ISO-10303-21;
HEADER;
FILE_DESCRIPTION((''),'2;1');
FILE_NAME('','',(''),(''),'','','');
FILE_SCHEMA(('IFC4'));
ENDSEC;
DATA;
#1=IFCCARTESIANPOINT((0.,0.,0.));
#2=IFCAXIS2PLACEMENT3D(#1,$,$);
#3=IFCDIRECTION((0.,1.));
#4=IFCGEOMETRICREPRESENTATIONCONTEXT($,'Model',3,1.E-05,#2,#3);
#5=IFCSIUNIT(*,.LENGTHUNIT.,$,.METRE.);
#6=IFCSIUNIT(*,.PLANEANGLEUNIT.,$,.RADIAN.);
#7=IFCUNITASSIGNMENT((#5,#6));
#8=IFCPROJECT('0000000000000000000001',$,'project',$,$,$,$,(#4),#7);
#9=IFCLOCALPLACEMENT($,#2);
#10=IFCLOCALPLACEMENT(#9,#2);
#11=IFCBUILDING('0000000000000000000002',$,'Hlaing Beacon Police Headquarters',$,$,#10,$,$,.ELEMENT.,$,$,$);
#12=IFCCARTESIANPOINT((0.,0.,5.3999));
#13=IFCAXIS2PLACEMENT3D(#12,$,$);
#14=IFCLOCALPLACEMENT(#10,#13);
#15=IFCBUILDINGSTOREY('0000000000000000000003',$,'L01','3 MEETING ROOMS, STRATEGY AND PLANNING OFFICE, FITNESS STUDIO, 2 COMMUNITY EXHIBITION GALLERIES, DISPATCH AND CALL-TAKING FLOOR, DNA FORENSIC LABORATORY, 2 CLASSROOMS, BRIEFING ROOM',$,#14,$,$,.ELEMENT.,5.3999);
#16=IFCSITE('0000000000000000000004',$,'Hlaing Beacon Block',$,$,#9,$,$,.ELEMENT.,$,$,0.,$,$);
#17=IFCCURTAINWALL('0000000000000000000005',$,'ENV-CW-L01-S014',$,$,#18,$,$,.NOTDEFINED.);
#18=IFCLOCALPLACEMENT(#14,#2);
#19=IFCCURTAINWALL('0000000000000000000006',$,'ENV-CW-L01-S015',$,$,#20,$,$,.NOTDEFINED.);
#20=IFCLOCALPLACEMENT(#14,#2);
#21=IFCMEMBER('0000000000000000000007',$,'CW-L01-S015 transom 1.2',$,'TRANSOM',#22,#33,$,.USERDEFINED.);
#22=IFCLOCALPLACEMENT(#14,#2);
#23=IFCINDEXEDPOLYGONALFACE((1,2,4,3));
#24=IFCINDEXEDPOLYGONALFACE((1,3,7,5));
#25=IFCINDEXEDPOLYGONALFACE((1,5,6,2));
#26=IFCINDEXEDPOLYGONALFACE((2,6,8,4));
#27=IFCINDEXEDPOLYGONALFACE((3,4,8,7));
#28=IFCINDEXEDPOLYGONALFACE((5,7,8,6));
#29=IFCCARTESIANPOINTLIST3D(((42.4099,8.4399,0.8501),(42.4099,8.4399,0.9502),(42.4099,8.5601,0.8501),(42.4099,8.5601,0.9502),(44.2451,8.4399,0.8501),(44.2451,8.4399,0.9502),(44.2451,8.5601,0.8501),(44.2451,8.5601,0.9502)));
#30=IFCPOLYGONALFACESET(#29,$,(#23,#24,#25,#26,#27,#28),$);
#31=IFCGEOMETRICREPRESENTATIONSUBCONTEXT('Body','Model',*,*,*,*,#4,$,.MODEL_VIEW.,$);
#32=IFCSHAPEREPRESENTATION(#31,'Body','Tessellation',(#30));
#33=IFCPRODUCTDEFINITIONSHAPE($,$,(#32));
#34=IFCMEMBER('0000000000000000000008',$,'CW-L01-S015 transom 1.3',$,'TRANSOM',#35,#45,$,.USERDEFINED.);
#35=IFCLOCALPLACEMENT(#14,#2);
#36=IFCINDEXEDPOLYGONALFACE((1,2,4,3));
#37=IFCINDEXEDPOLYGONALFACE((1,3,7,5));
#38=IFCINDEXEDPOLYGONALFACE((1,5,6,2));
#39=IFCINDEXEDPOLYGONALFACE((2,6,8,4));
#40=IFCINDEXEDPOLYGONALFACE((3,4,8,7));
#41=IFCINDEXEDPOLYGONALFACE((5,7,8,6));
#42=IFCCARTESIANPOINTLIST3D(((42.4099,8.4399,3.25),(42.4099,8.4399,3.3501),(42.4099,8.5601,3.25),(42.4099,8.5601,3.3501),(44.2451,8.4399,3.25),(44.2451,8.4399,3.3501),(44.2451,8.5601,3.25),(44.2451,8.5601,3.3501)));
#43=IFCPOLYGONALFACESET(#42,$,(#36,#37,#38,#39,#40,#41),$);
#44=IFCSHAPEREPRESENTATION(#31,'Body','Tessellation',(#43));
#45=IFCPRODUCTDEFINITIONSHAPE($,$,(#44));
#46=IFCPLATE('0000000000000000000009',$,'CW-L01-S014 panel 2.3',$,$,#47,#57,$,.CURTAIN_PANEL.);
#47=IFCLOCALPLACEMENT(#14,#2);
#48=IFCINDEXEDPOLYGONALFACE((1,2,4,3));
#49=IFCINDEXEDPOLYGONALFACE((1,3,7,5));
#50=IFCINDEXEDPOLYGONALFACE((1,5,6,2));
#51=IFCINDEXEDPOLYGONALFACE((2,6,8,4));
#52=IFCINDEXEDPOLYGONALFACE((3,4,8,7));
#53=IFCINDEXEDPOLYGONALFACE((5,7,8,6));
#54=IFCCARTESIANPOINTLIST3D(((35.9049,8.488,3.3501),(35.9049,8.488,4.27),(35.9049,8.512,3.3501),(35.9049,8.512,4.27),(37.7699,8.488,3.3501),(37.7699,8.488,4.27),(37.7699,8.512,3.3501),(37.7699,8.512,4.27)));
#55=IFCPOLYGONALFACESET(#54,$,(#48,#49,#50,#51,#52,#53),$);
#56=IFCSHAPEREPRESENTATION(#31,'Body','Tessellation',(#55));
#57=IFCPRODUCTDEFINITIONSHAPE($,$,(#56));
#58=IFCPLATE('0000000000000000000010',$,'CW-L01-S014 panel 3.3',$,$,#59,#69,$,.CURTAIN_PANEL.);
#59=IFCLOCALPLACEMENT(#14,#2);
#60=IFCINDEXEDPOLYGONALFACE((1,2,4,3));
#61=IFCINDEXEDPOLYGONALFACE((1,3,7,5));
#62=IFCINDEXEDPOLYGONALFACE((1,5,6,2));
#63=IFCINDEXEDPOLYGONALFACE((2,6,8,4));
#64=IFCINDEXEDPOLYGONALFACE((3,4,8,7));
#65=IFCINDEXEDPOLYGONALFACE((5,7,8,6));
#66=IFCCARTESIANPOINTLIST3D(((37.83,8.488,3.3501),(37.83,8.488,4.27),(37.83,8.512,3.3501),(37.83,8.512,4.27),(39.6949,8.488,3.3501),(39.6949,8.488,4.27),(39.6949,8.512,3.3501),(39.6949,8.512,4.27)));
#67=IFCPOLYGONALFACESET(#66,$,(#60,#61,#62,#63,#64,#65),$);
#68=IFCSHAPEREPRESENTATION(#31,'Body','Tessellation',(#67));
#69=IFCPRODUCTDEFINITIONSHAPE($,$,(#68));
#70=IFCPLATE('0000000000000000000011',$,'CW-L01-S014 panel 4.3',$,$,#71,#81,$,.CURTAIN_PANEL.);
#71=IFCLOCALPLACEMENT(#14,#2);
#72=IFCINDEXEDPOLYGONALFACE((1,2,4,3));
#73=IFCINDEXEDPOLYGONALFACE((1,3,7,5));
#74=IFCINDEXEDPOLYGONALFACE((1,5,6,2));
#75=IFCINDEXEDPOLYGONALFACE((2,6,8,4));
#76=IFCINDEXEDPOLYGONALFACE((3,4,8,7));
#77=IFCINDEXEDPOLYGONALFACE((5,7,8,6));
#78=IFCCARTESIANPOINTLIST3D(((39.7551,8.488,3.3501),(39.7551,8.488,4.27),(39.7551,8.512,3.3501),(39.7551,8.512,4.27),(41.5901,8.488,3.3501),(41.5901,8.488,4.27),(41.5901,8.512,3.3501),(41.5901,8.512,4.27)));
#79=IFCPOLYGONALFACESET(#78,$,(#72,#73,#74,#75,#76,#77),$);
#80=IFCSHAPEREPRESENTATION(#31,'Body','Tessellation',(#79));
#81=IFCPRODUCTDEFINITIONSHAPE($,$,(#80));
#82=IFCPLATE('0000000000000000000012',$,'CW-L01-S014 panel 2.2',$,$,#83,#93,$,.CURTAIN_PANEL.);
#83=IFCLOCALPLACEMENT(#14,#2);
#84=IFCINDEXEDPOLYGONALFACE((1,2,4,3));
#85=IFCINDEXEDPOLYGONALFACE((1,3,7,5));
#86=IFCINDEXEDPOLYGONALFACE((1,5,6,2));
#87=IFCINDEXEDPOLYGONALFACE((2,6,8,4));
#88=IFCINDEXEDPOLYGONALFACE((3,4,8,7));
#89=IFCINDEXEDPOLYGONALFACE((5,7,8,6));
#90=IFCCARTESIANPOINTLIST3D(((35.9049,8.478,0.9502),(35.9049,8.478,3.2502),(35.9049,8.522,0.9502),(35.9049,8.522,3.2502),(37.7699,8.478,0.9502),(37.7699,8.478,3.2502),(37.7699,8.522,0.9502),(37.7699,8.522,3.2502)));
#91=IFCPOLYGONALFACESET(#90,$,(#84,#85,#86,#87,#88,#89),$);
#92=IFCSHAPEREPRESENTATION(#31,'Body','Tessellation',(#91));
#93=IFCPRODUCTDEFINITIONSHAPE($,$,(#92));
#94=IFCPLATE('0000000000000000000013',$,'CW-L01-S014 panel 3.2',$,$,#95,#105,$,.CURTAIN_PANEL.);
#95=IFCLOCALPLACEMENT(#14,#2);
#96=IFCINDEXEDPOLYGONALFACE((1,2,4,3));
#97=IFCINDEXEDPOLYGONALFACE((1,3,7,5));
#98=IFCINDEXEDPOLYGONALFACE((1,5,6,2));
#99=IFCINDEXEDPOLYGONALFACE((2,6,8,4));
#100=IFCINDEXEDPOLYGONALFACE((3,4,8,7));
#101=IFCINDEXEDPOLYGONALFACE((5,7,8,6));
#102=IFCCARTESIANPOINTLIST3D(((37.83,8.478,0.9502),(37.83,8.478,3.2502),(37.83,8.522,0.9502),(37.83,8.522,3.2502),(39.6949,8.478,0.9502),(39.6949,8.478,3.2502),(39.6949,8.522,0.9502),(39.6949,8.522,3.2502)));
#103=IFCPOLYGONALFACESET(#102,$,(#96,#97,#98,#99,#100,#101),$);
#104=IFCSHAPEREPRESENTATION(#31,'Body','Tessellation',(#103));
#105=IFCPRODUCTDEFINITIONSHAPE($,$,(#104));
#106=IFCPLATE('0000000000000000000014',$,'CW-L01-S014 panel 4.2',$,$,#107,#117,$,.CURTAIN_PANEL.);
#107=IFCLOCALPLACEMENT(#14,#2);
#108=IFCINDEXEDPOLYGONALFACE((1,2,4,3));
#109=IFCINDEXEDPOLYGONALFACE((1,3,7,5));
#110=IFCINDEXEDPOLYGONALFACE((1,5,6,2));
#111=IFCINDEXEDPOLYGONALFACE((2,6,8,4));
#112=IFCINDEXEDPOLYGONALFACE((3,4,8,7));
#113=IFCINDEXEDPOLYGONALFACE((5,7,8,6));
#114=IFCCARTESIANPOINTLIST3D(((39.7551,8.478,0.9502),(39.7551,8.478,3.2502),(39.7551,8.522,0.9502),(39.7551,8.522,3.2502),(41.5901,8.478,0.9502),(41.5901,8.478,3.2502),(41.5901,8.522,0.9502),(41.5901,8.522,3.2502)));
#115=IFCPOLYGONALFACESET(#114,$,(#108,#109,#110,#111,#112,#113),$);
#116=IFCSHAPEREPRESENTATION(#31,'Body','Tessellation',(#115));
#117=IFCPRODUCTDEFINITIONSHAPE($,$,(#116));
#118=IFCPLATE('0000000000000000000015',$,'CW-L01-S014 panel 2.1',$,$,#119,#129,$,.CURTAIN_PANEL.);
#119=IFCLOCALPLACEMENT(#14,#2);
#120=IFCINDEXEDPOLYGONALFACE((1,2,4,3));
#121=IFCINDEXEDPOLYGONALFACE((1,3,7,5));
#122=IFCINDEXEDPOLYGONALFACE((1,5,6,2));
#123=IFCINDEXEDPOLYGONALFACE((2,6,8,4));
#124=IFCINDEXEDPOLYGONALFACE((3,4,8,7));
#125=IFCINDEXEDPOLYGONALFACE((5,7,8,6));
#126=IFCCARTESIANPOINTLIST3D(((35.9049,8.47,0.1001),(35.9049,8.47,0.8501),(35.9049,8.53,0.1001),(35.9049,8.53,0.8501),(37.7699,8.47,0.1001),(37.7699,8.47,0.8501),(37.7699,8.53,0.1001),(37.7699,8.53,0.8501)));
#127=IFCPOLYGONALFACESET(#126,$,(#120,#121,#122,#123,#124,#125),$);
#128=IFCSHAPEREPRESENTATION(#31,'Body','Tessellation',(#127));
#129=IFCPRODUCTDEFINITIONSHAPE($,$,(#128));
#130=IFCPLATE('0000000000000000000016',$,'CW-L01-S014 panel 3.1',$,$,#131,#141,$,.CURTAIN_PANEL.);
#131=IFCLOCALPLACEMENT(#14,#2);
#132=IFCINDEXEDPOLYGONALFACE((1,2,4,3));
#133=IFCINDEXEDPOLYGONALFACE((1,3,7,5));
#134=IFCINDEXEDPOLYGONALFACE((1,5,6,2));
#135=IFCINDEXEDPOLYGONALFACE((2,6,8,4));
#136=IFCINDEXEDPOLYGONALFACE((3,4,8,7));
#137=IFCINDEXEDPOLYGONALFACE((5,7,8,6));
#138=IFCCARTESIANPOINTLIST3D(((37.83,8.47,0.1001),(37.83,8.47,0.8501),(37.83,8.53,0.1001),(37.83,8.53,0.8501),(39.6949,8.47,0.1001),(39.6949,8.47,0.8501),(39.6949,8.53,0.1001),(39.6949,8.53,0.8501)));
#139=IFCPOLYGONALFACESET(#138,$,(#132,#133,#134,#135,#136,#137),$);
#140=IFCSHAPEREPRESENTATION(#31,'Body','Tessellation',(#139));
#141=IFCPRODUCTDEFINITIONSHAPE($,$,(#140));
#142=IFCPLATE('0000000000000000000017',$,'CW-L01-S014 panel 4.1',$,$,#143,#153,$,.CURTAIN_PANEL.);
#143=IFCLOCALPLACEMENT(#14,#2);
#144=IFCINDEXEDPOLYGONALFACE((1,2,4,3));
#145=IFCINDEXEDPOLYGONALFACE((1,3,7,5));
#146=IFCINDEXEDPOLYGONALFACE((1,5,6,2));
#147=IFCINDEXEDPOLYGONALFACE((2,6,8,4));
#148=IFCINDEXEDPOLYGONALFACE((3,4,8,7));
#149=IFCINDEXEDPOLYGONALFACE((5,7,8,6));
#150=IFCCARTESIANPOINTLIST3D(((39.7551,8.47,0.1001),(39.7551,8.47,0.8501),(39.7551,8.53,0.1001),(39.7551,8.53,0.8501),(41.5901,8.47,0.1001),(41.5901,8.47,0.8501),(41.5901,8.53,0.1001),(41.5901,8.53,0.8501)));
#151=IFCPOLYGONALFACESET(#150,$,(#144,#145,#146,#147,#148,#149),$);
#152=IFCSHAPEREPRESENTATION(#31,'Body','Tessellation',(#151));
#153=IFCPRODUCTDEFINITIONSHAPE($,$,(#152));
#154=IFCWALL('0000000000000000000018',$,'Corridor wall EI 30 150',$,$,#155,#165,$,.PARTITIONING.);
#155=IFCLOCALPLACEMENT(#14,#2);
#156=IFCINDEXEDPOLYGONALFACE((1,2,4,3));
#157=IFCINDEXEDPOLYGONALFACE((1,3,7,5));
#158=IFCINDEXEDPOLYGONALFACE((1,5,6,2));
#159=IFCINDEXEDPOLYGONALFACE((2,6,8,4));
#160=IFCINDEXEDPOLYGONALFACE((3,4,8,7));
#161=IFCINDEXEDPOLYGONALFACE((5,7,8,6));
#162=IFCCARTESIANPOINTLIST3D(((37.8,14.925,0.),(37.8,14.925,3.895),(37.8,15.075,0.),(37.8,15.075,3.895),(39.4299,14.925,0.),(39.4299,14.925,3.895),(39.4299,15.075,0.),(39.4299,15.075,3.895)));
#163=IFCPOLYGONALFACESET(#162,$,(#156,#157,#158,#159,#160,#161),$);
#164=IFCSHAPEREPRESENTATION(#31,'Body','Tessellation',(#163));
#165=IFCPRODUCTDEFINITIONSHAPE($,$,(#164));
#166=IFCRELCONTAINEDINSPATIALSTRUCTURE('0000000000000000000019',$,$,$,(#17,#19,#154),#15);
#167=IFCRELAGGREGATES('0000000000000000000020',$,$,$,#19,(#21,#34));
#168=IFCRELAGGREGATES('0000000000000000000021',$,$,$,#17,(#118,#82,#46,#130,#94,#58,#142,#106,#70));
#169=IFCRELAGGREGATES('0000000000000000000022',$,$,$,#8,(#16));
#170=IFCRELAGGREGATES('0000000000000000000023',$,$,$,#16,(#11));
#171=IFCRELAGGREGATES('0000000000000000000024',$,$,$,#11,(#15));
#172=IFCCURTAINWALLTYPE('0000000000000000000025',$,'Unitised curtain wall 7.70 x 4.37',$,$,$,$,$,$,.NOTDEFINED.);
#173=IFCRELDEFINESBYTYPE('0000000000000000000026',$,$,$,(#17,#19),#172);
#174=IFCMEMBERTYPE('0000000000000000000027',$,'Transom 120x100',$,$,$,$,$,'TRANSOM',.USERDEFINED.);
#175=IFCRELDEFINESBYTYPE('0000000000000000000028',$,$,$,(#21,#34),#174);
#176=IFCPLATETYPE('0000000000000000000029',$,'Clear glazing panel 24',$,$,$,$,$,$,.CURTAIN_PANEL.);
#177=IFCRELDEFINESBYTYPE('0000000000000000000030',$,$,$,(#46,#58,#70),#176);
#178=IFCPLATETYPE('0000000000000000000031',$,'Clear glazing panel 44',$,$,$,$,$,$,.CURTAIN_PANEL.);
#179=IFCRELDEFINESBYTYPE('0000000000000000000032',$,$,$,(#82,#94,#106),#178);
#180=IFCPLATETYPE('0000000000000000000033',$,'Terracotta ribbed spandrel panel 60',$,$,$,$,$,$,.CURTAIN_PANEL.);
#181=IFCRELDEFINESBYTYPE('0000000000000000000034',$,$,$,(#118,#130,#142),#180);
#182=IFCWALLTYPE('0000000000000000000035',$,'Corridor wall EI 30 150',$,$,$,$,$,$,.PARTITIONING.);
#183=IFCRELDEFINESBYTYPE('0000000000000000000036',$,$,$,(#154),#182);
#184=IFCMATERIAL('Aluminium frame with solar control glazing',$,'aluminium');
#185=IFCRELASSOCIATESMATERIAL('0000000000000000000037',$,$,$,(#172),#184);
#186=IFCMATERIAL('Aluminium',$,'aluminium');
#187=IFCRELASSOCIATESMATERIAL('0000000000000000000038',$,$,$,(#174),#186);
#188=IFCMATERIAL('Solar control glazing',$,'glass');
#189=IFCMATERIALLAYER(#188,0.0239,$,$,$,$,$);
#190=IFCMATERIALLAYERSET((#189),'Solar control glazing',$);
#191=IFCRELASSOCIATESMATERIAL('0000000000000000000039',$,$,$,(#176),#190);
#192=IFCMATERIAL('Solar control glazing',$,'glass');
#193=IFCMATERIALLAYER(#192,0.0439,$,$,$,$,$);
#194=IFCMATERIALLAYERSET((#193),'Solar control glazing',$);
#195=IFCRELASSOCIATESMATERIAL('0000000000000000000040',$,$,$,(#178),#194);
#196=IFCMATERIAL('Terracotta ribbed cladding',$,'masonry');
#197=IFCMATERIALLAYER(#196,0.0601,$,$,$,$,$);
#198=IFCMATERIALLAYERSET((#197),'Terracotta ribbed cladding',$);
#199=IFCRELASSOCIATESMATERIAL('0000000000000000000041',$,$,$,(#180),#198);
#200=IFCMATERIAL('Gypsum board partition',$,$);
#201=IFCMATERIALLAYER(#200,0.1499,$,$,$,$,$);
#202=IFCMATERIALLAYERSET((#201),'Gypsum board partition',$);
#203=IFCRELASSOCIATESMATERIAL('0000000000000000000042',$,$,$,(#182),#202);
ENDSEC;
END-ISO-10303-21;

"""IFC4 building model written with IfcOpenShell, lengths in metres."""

from ifc_helpers import new_model, si_unit, direction, frame, frame_2d, origin, origin_2d, place, context, subcontext, project, spatial, rectangle, extrude, material, layer, layer_set, material_profile, profile_set, type_object, element, aggregate, save


model = new_model("IFC4")

# Units and contexts
model_context = context("Model", 3, precision=1e-05, world=origin(), true_north=direction((0.0, 1.0)))
body_context = subcontext(model_context, "Body", "Model", "MODEL_VIEW")
ifc_project = project(units=[si_unit("LENGTHUNIT", "METRE"), si_unit("PLANEANGLEUNIT", "RADIAN")], contexts=[model_context])

# Site, building, storey
site_placement = place(None, origin())
site = spatial("IfcSite", under=ifc_project, at=site_placement, Name="Hlaing Beacon Block", CompositionType="ELEMENT", RefElevation=0.0)
building_placement = place(site_placement, origin())
building = spatial("IfcBuilding", under=site, at=building_placement, Name="Hlaing Beacon Police Headquarters", CompositionType="ELEMENT")
storey_placement = place(building_placement, frame((0.0, 0.0, 5.3999)))
storey = spatial("IfcBuildingStorey", under=building, at=storey_placement, Name="L01", Description="3 MEETING ROOMS, STRATEGY AND PLANNING OFFICE, FITNESS STUDIO, 2 COMMUNITY EXHIBITION GALLERIES, DISPATCH AND CALL-TAKING FLOOR, DNA FORENSIC LABORATORY, 2 CLASSROOMS, BRIEFING ROOM", CompositionType="ELEMENT", Elevation=5.3999)

# Curtain wall
ifc_material_1 = material(Name="Aluminium frame with solar control glazing", Category="aluminium")
curtain_wall_type = type_object("IfcCurtainWallType", Name="Unitised curtain wall 7.70 x 4.37", PredefinedType="NOTDEFINED", material=ifc_material_1)
curtain_wall_1_placement = place(storey_placement, origin())
curtain_wall_1 = element("IfcCurtainWall", 1, at=curtain_wall_1_placement, inside=storey, type_object=curtain_wall_type, Name="ENV-CW-L01-S014", PredefinedType="NOTDEFINED")

# Curtain wall
curtain_wall_2_placement = place(storey_placement, origin())
curtain_wall_2 = element("IfcCurtainWall", 2, at=curtain_wall_2_placement, inside=storey, type_object=curtain_wall_type, Name="ENV-CW-L01-S015", PredefinedType="NOTDEFINED")

# Members
ifc_material_2 = material(Name="Aluminium", Category="aluminium")
ifc_material_profile_1 = material_profile(ifc_material_2, rectangle(XDim=0.1201, YDim=0.1001, at=origin_2d()), Name="Transom 120x100")
ifc_profile_set_1 = profile_set([ifc_material_profile_1], Name="Aluminium")
member_type_1 = type_object("IfcMemberType", Name="Transom 120x100", ElementType="TRANSOM", PredefinedType="USERDEFINED", material=ifc_profile_set_1)
member_1_placement = place(storey_placement, frame((42.4099, 8.5, 0.9001), z_axis=(1.0, 0.0, 0.0), x_axis=(0.0, 1.0, 0.0)))
member_1 = element("IfcMember", 3, at=member_1_placement, type_object=member_type_1, Name="CW-L01-S015 transom 1.2", ObjectType="TRANSOM", PredefinedType="USERDEFINED", context=body_context, shape_type="SweptSolid", body=[
    extrude(rectangle(XDim=0.1201, YDim=0.1001, at=origin_2d()), origin(), (0.0, 0.0, 1.0), 1.8352),
])
member_2_placement = place(storey_placement, frame((42.4099, 8.5, 3.3), z_axis=(1.0, 0.0, 0.0), x_axis=(0.0, 1.0, 0.0)))
member_2 = element("IfcMember", 4, at=member_2_placement, type_object=member_type_1, Name="CW-L01-S015 transom 1.3", ObjectType="TRANSOM", PredefinedType="USERDEFINED", context=body_context, shape_type="SweptSolid", body=[
    extrude(rectangle(XDim=0.1201, YDim=0.1001, at=origin_2d()), origin(), (0.0, 0.0, 1.0), 1.8352),
])
aggregate(curtain_wall_2, [member_1, member_2])

# Plates
ifc_material_3 = material(Name="Solar control glazing", Category="glass")
ifc_layer_1 = layer(ifc_material_3, 0.0239)
ifc_layer_set_1 = layer_set([ifc_layer_1], Name="Solar control glazing")
plate_type_1 = type_object("IfcPlateType", Name="Clear glazing panel 24", PredefinedType="CURTAIN_PANEL", material=ifc_layer_set_1)
plate_1_placement = place(storey_placement, frame((36.8374, 8.5, 3.3501), z_axis=(0.0, 0.0, 1.0), x_axis=(1.0, 0.0, 0.0)))
plate_1 = element("IfcPlate", 5, at=plate_1_placement, type_object=plate_type_1, Name="CW-L01-S014 panel 2.3", PredefinedType="CURTAIN_PANEL", context=body_context, shape_type="SweptSolid", body=[
    extrude(rectangle(XDim=1.865, YDim=0.0239, at=origin_2d()), origin(), (0.0, 0.0, 1.0), 0.9199),
])
plate_2_placement = place(storey_placement, frame((38.7625, 8.5, 3.3501), z_axis=(0.0, 0.0, 1.0), x_axis=(1.0, 0.0, 0.0)))
plate_2 = element("IfcPlate", 6, at=plate_2_placement, type_object=plate_type_1, Name="CW-L01-S014 panel 3.3", PredefinedType="CURTAIN_PANEL", context=body_context, shape_type="SweptSolid", body=[
    extrude(rectangle(XDim=1.865, YDim=0.0239, at=origin_2d()), origin(), (0.0, 0.0, 1.0), 0.9199),
])
plate_3_placement = place(storey_placement, frame((40.6726, 8.5, 3.3501), z_axis=(0.0, 0.0, 1.0), x_axis=(1.0, 0.0, 0.0)))
plate_3 = element("IfcPlate", 7, at=plate_3_placement, type_object=plate_type_1, Name="CW-L01-S014 panel 4.3", PredefinedType="CURTAIN_PANEL", context=body_context, shape_type="SweptSolid", body=[
    extrude(rectangle(XDim=1.835, YDim=0.0239, at=origin_2d()), origin(), (0.0, 0.0, 1.0), 0.9199),
])
ifc_material_4 = material(Name="Solar control glazing", Category="glass")
ifc_layer_2 = layer(ifc_material_4, 0.0439)
ifc_layer_set_2 = layer_set([ifc_layer_2], Name="Solar control glazing")
plate_type_2 = type_object("IfcPlateType", Name="Clear glazing panel 44", PredefinedType="CURTAIN_PANEL", material=ifc_layer_set_2)
plate_4_placement = place(storey_placement, frame((36.8374, 8.5, 0.9502), z_axis=(0.0, 0.0, 1.0), x_axis=(1.0, 0.0, 0.0)))
plate_4 = element("IfcPlate", 8, at=plate_4_placement, type_object=plate_type_2, Name="CW-L01-S014 panel 2.2", PredefinedType="CURTAIN_PANEL", context=body_context, shape_type="SweptSolid", body=[
    extrude(rectangle(XDim=1.865, YDim=0.0439, at=origin_2d()), origin(), (0.0, 0.0, 1.0), 2.3),
])
plate_5_placement = place(storey_placement, frame((38.7625, 8.5, 0.9502), z_axis=(0.0, 0.0, 1.0), x_axis=(1.0, 0.0, 0.0)))
plate_5 = element("IfcPlate", 9, at=plate_5_placement, type_object=plate_type_2, Name="CW-L01-S014 panel 3.2", PredefinedType="CURTAIN_PANEL", context=body_context, shape_type="SweptSolid", body=[
    extrude(rectangle(XDim=1.865, YDim=0.0439, at=origin_2d()), origin(), (0.0, 0.0, 1.0), 2.3),
])
plate_6_placement = place(storey_placement, frame((40.6726, 8.5, 0.9502), z_axis=(0.0, 0.0, 1.0), x_axis=(1.0, 0.0, 0.0)))
plate_6 = element("IfcPlate", 10, at=plate_6_placement, type_object=plate_type_2, Name="CW-L01-S014 panel 4.2", PredefinedType="CURTAIN_PANEL", context=body_context, shape_type="SweptSolid", body=[
    extrude(rectangle(XDim=1.835, YDim=0.0439, at=origin_2d()), origin(), (0.0, 0.0, 1.0), 2.3),
])
ifc_material_5 = material(Name="Terracotta ribbed cladding", Category="masonry")
ifc_layer_3 = layer(ifc_material_5, 0.0601)
ifc_layer_set_3 = layer_set([ifc_layer_3], Name="Terracotta ribbed cladding")
plate_type_3 = type_object("IfcPlateType", Name="Terracotta ribbed spandrel panel 60", PredefinedType="CURTAIN_PANEL", material=ifc_layer_set_3)
plate_7_placement = place(storey_placement, frame((36.8374, 8.5, 0.1001), z_axis=(0.0, 0.0, 1.0), x_axis=(1.0, 0.0, 0.0)))
plate_7 = element("IfcPlate", 11, at=plate_7_placement, type_object=plate_type_3, Name="CW-L01-S014 panel 2.1", PredefinedType="CURTAIN_PANEL", context=body_context, shape_type="SweptSolid", body=[
    extrude(rectangle(XDim=1.865, YDim=0.0601, at=origin_2d()), origin(), (0.0, 0.0, 1.0), 0.75),
])
plate_8_placement = place(storey_placement, frame((38.7625, 8.5, 0.1001), z_axis=(0.0, 0.0, 1.0), x_axis=(1.0, 0.0, 0.0)))
plate_8 = element("IfcPlate", 12, at=plate_8_placement, type_object=plate_type_3, Name="CW-L01-S014 panel 3.1", PredefinedType="CURTAIN_PANEL", context=body_context, shape_type="SweptSolid", body=[
    extrude(rectangle(XDim=1.865, YDim=0.0601, at=origin_2d()), origin(), (0.0, 0.0, 1.0), 0.75),
])
plate_9_placement = place(storey_placement, frame((40.6726, 8.5, 0.1001), z_axis=(0.0, 0.0, 1.0), x_axis=(1.0, 0.0, 0.0)))
plate_9 = element("IfcPlate", 13, at=plate_9_placement, type_object=plate_type_3, Name="CW-L01-S014 panel 4.1", PredefinedType="CURTAIN_PANEL", context=body_context, shape_type="SweptSolid", body=[
    extrude(rectangle(XDim=1.835, YDim=0.0601, at=origin_2d()), origin(), (0.0, 0.0, 1.0), 0.75),
])
aggregate(curtain_wall_1, [plate_7, plate_4, plate_1, plate_8, plate_5, plate_2, plate_9, plate_6, plate_3])

# Wall
ifc_material_6 = material(Name="Gypsum board partition")
ifc_layer_4 = layer(ifc_material_6, 0.1499)
ifc_layer_set_4 = layer_set([ifc_layer_4], Name="Gypsum board partition")
wall_type_1 = type_object("IfcWallType", Name="Corridor wall EI 30 150", PredefinedType="PARTITIONING", material=ifc_layer_set_4)
wall_1_placement = place(storey_placement, frame((37.8, 15.0, 0.0), z_axis=(0.0, 0.0, 1.0), x_axis=(1.0, 0.0, 0.0)))
element("IfcWall", 14, at=wall_1_placement, inside=storey, type_object=wall_type_1, Name="Corridor wall EI 30 150", PredefinedType="PARTITIONING", context=body_context, shape_type="SweptSolid", body=[
    extrude(rectangle(XDim=1.6299, YDim=0.1499, at=frame_2d((0.8149, 0.0))), origin(), (0.0, 0.0, 1.0), 3.895),
])

save(model, "model.ifc")
